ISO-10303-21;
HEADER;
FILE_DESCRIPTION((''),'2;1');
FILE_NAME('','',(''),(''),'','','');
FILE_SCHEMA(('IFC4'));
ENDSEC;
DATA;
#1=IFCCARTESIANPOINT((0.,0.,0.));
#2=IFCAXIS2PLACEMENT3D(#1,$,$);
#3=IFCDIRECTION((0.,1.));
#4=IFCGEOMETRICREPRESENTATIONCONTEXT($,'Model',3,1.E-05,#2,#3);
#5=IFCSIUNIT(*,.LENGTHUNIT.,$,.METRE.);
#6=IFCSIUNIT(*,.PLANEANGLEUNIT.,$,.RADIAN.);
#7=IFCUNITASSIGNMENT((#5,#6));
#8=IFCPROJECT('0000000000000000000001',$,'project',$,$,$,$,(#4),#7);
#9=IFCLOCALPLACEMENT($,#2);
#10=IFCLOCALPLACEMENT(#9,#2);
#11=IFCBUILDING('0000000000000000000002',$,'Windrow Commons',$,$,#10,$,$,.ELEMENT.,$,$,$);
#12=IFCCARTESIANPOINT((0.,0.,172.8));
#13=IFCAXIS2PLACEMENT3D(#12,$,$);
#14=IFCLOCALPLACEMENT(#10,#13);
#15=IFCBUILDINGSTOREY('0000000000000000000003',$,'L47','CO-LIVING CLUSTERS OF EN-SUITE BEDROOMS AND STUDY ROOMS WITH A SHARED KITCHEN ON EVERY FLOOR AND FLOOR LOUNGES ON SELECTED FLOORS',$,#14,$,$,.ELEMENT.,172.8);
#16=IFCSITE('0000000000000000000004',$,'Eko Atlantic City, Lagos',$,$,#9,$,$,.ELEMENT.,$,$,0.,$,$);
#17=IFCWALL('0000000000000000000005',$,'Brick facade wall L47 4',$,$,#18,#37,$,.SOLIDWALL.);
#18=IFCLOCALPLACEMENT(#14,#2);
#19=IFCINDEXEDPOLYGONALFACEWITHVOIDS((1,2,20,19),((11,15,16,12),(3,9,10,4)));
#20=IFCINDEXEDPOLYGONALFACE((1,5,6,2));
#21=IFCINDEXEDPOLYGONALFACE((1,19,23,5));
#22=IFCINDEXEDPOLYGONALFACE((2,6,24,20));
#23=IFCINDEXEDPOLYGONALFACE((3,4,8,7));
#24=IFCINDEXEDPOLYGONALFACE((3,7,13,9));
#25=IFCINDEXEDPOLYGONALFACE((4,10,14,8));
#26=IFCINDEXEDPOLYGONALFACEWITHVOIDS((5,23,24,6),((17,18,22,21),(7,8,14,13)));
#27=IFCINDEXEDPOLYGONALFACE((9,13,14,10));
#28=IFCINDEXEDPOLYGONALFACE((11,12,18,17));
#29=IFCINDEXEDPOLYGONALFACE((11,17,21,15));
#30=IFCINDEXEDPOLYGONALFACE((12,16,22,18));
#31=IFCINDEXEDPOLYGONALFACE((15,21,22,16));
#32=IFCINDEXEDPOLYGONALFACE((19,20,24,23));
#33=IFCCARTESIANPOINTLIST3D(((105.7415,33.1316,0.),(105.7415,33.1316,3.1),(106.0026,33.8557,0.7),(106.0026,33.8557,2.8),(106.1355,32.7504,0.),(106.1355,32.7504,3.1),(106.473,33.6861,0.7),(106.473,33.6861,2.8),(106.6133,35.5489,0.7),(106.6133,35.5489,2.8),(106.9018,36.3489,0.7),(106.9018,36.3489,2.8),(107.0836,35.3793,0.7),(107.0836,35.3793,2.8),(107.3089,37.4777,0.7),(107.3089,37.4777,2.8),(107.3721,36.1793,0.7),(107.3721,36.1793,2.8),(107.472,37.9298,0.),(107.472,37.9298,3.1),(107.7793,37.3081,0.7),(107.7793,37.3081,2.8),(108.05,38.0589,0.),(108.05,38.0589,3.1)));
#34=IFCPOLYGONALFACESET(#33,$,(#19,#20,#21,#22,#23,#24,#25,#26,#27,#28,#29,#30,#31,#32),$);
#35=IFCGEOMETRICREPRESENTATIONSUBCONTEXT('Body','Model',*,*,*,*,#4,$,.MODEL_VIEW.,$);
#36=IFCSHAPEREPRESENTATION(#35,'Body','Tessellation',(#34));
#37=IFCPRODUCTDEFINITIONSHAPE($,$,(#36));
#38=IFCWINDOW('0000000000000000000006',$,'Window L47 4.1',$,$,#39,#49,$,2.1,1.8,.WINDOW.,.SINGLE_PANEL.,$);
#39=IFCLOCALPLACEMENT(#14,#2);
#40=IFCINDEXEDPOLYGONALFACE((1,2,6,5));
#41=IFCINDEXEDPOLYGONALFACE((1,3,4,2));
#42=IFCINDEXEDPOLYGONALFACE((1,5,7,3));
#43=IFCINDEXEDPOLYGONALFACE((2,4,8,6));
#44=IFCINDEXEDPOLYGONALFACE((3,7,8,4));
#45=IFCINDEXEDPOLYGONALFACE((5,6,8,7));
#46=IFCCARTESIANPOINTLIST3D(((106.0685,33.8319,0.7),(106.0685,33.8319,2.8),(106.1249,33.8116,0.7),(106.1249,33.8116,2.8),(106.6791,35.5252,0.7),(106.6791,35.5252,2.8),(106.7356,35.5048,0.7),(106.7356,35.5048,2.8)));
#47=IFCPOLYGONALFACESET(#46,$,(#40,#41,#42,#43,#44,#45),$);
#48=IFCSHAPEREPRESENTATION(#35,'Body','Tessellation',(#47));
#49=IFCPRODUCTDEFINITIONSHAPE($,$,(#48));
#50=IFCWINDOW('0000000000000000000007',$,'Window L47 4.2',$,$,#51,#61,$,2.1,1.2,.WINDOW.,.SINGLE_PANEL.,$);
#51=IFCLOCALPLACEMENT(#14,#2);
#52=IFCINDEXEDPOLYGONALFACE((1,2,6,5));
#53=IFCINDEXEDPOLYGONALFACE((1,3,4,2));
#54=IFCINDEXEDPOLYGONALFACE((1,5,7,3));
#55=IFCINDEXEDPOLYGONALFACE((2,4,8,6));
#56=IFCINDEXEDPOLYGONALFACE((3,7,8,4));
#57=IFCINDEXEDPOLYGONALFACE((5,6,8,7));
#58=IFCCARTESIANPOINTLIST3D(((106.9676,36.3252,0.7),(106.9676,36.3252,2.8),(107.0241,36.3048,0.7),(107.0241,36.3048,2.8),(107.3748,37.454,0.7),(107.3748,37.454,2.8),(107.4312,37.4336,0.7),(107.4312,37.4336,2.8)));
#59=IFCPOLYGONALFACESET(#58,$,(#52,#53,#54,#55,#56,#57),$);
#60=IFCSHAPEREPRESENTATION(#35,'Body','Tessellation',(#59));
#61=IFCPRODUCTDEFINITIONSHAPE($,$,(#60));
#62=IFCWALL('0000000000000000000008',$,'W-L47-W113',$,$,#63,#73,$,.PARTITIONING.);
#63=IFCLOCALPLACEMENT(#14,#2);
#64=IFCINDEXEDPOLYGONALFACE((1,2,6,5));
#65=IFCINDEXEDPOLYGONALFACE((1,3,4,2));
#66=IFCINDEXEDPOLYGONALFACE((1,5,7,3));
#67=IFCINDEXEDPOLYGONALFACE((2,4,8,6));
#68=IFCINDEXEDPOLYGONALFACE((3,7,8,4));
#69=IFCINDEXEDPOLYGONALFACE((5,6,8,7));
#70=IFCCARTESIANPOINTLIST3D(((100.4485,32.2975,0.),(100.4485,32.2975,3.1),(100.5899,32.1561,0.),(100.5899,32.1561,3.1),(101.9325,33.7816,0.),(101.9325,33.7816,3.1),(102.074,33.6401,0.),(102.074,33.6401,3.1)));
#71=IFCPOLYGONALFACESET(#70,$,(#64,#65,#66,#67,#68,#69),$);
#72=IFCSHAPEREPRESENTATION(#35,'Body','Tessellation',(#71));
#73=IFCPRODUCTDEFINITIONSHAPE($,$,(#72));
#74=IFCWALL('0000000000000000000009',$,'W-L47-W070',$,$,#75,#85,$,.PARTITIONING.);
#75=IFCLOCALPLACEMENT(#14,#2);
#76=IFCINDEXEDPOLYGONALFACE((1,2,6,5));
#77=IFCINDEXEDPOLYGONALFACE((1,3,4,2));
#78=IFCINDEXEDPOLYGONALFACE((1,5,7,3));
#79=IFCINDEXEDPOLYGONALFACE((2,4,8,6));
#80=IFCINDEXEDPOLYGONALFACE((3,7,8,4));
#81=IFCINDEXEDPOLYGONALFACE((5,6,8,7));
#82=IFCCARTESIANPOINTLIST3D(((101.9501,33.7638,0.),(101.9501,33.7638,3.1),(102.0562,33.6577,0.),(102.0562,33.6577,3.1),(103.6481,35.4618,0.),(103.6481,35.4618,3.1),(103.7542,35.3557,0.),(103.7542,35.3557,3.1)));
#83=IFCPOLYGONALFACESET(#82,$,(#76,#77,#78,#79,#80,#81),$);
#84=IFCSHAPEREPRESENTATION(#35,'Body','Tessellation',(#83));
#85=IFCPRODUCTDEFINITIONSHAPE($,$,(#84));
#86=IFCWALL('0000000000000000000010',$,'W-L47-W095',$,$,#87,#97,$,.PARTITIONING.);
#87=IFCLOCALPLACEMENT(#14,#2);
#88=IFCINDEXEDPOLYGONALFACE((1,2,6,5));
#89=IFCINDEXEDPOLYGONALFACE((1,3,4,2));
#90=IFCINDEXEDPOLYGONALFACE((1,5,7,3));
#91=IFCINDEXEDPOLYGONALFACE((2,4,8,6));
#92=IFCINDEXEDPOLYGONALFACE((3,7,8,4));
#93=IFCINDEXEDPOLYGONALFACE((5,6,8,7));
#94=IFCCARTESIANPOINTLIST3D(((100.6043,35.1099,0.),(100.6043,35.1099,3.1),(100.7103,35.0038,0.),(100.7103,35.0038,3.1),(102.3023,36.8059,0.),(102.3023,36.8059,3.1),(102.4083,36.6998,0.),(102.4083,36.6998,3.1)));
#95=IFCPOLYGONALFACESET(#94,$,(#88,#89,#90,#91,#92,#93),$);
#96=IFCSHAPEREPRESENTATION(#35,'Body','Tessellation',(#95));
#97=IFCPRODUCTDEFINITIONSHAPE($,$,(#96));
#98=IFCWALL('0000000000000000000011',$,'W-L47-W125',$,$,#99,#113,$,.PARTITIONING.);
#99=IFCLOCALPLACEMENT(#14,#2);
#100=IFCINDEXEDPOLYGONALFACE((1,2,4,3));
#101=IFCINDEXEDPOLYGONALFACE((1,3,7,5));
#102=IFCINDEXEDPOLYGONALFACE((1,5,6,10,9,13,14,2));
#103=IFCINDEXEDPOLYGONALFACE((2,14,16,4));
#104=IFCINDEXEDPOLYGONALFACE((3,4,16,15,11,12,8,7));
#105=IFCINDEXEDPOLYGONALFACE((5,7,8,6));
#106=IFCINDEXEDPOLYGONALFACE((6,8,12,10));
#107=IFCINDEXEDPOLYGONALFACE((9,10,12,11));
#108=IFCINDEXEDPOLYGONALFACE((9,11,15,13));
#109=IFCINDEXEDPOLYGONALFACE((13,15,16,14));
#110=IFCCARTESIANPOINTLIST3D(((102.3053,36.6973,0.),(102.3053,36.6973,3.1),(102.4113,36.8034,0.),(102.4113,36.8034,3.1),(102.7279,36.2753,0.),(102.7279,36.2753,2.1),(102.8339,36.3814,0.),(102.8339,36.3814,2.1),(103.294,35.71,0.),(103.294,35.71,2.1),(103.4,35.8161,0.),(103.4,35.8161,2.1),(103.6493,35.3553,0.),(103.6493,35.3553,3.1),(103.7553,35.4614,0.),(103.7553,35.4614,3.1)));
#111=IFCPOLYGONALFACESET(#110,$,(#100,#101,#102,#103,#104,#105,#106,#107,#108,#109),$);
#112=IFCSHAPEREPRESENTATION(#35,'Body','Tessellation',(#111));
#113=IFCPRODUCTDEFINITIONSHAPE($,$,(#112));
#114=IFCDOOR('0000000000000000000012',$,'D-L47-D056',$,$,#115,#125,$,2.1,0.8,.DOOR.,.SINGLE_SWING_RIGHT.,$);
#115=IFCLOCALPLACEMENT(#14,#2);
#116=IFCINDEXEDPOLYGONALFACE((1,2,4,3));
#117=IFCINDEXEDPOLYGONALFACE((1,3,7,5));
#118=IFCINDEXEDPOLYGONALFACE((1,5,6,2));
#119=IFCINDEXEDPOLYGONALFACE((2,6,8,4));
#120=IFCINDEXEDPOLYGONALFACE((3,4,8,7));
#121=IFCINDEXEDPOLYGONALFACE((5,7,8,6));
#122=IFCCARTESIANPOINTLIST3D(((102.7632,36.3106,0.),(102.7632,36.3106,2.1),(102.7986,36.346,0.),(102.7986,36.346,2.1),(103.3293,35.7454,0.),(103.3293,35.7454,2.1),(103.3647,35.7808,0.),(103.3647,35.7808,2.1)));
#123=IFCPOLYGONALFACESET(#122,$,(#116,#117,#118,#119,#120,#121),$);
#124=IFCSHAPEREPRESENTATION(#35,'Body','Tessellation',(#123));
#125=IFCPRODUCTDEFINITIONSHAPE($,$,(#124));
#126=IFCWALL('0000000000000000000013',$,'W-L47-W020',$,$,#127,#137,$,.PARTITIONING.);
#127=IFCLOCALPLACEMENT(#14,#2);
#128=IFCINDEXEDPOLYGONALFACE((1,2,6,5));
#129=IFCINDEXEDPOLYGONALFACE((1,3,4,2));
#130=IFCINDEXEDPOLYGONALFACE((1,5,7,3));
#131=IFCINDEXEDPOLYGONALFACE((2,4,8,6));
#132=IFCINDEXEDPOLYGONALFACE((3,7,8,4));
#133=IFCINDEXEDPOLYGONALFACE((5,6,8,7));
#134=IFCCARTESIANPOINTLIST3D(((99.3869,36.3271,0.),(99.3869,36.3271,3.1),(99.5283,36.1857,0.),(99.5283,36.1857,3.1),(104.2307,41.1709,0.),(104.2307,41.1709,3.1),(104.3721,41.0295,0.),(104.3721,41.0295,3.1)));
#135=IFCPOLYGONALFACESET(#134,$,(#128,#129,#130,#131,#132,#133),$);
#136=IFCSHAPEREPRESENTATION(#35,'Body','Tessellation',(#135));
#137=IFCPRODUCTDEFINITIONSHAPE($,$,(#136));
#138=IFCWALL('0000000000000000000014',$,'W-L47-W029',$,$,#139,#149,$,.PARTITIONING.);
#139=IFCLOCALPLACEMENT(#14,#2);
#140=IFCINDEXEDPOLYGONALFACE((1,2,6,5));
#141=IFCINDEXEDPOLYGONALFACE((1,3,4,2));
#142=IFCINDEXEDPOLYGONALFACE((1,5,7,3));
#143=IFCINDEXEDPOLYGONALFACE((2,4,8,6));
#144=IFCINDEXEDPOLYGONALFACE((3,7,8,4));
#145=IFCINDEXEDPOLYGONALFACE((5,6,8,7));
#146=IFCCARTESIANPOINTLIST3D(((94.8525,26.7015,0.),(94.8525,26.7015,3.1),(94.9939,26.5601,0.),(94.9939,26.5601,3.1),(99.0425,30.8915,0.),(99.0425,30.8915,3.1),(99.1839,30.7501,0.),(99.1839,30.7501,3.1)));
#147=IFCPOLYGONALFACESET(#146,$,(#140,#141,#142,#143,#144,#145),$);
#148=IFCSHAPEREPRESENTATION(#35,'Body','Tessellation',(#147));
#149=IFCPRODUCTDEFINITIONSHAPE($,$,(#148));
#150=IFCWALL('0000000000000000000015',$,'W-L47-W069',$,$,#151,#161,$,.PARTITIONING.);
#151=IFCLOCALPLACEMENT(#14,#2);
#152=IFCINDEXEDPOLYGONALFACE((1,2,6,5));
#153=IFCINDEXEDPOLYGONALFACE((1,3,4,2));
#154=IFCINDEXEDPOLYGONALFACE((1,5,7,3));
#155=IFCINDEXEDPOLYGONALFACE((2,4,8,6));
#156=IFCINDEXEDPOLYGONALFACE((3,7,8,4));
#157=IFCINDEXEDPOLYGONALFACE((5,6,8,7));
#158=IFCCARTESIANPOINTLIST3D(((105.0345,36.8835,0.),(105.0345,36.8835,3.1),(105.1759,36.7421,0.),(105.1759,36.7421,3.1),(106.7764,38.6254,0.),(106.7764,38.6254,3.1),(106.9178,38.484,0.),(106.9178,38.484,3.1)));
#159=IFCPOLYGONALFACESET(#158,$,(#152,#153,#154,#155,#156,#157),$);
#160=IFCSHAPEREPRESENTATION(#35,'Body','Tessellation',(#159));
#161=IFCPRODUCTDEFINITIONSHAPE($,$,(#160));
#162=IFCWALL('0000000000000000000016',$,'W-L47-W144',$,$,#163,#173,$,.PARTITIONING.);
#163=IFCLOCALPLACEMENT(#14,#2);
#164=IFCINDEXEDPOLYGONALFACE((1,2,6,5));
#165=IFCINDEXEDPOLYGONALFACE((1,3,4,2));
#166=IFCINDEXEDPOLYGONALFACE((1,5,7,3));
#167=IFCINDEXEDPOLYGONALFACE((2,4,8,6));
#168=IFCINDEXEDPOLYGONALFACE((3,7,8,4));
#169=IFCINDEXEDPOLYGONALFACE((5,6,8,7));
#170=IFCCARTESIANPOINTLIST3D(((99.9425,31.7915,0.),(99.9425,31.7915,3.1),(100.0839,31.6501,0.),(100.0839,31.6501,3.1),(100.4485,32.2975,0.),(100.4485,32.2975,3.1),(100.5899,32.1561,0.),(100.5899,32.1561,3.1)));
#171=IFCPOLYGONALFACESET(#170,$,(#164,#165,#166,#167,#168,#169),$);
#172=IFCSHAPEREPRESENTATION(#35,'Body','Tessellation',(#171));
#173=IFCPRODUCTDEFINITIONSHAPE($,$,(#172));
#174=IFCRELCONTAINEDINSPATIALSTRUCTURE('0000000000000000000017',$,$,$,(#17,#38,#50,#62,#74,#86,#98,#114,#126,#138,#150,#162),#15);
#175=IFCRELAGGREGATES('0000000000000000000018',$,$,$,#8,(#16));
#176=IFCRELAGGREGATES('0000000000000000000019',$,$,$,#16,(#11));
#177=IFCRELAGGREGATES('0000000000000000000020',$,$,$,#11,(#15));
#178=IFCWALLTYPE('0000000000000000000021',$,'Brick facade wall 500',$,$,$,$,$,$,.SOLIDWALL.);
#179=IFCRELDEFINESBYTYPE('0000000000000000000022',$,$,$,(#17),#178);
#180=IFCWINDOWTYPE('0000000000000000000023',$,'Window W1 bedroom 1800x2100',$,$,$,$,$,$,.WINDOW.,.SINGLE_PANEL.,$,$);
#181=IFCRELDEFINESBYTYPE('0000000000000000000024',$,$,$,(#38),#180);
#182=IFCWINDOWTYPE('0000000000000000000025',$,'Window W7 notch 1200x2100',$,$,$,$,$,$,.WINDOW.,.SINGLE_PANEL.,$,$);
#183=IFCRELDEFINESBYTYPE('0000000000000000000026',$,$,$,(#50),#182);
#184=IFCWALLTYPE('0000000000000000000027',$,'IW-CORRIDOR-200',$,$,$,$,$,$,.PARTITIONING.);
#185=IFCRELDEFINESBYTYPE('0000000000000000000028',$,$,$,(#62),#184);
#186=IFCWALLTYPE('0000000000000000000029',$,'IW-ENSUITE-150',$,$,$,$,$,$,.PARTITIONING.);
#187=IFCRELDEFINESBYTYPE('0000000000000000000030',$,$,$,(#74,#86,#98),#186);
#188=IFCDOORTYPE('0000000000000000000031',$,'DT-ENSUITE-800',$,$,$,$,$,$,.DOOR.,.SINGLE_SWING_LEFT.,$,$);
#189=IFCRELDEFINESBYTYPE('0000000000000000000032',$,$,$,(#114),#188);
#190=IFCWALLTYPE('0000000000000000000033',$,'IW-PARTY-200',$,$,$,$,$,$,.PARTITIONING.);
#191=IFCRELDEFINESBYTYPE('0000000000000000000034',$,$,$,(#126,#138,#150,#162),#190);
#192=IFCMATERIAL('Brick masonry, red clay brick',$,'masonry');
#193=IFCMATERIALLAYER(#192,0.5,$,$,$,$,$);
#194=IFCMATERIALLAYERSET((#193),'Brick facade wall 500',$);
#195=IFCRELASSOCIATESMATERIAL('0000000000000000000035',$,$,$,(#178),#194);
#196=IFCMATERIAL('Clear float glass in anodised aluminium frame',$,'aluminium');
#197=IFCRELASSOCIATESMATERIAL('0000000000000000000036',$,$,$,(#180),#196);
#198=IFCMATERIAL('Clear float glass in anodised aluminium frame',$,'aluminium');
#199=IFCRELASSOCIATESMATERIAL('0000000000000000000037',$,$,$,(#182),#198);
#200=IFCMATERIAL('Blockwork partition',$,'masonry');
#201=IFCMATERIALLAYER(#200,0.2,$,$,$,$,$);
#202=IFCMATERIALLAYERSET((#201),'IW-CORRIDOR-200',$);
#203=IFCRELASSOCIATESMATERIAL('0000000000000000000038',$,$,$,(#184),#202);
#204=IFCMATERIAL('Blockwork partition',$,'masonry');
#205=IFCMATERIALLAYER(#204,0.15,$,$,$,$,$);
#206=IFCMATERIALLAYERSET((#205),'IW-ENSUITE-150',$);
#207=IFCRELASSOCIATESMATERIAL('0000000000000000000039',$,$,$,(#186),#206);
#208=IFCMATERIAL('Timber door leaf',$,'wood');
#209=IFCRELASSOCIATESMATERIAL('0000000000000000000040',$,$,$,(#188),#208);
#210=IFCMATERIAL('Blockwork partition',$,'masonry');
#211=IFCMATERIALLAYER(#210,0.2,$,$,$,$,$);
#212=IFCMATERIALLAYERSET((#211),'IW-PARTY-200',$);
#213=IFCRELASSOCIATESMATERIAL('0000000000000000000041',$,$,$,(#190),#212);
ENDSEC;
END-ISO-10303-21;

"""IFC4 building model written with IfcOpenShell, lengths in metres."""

from ifc_helpers import new_model, si_unit, direction, frame, frame_2d, origin, place, context, subcontext, project, spatial, polyline, rectangle, outline, extrude, material, layer, layer_set, type_object, element, fill, save


model = new_model("IFC4")

# Units and contexts
model_context = context("Model", 3, precision=1e-05, world=origin(), true_north=direction((0.0, 1.0)))
body_context = subcontext(model_context, "Body", "Model", "MODEL_VIEW")
ifc_project = project(units=[si_unit("LENGTHUNIT", "METRE"), si_unit("PLANEANGLEUNIT", "RADIAN")], contexts=[model_context])

# Site, building, storey
site_placement = place(None, origin())
site = spatial("IfcSite", under=ifc_project, at=site_placement, Name="Eko Atlantic City, Lagos", CompositionType="ELEMENT", RefElevation=0.0)
building_placement = place(site_placement, origin())
building = spatial("IfcBuilding", under=site, at=building_placement, Name="Windrow Commons", CompositionType="ELEMENT")
storey_placement = place(building_placement, frame((0.0, 0.0, 172.8)))
storey = spatial("IfcBuildingStorey", under=building, at=storey_placement, Name="L47", Description="CO-LIVING CLUSTERS OF EN-SUITE BEDROOMS AND STUDY ROOMS WITH A SHARED KITCHEN ON EVERY FLOOR AND FLOOR LOUNGES ON SELECTED FLOORS", CompositionType="ELEMENT", Elevation=172.8)

# Shared definitions
ifc_material_1 = material(Name="Brick masonry, red clay brick", Category="masonry")
ifc_layer_1 = layer(ifc_material_1, 0.5)
ifc_layer_set_1 = layer_set([ifc_layer_1], Name="Brick facade wall 500")
wall_type_1 = type_object("IfcWallType", Name="Brick facade wall 500", PredefinedType="SOLIDWALL", material=ifc_layer_set_1)
ifc_material_2 = material(Name="Clear float glass in anodised aluminium frame", Category="aluminium")
window_type_1 = type_object("IfcWindowType", Name="Window W1 bedroom 1800x2100", PartitioningType="SINGLE_PANEL", PredefinedType="WINDOW", material=ifc_material_2)

# Wall, openings, windows
wall_1_placement = place(storey_placement, frame((105.9385, 32.941, 0.0), z_axis=(0.0, 0.0, 1.0), x_axis=(0.339259, 0.940693, 0.0)))
wall_1 = element("IfcWall", 1, at=wall_1_placement, inside=storey, type_object=wall_type_1, Name="Brick facade wall L47 4", PredefinedType="SOLIDWALL", context=body_context, shape_type="SweptSolid", body=[
    extrude(outline(polyline([(-0.1125, -0.25), (5.5307, -0.25), (5.2132, 0.25), (0.1125, 0.25), (-0.1125, -0.25)])), origin(), (0.0, 0.0, 1.0), 3.1),
])
opening_1_placement = place(wall_1_placement, frame((0.8822, 0.0, 0.7)))
opening_1 = element("IfcOpeningElement", 2, at=opening_1_placement, cuts=wall_1, PredefinedType="OPENING", context=body_context, shape_type="SweptSolid", body=[
    extrude(rectangle(XDim=1.8, YDim=2.1, at=frame_2d((0.9, 1.05))), frame((0.0, 0.26, 0.0), z_axis=(0.0, -1.0, 0.0), x_axis=(1.0, 0.0, 0.0)), (0.0, 0.0, 1.0), 0.52),
])
opening_2_placement = place(wall_1_placement, frame((3.5326, 0.0, 0.7)))
opening_2 = element("IfcOpeningElement", 3, at=opening_2_placement, cuts=wall_1, PredefinedType="OPENING", context=body_context, shape_type="SweptSolid", body=[
    extrude(rectangle(XDim=1.2, YDim=2.1, at=frame_2d((0.6, 1.05))), frame((0.0, 0.26, 0.0), z_axis=(0.0, -1.0, 0.0), x_axis=(1.0, 0.0, 0.0)), (0.0, 0.0, 1.0), 0.52),
])
window_1_placement = place(opening_1_placement, origin())
window_1 = element("IfcWindow", 4, at=window_1_placement, inside=storey, type_object=window_type_1, Name="Window L47 4.1", OverallHeight=2.1, OverallWidth=1.8, PartitioningType="SINGLE_PANEL", PredefinedType="WINDOW", context=body_context, shape_type="SweptSolid", body=[
    extrude(rectangle(XDim=1.8, YDim=2.1, at=frame_2d((0.9, 1.05))), frame((0.0, 0.18, 0.0), z_axis=(0.0, -1.0, 0.0), x_axis=(1.0, 0.0, 0.0)), (0.0, 0.0, 1.0), 0.06),
])
fill(opening_1, window_1)
ifc_material_3 = material(Name="Clear float glass in anodised aluminium frame", Category="aluminium")
window_type_2 = type_object("IfcWindowType", Name="Window W7 notch 1200x2100", PartitioningType="SINGLE_PANEL", PredefinedType="WINDOW", material=ifc_material_3)
window_2_placement = place(opening_2_placement, origin())
window_2 = element("IfcWindow", 5, at=window_2_placement, inside=storey, type_object=window_type_2, Name="Window L47 4.2", OverallHeight=2.1, OverallWidth=1.2, PartitioningType="SINGLE_PANEL", PredefinedType="WINDOW", context=body_context, shape_type="SweptSolid", body=[
    extrude(rectangle(XDim=1.2, YDim=2.1, at=frame_2d((0.6, 1.05))), frame((0.0, 0.18, 0.0), z_axis=(0.0, -1.0, 0.0), x_axis=(1.0, 0.0, 0.0)), (0.0, 0.0, 1.0), 0.06),
])
fill(opening_2, window_2)

# Walls
ifc_material_4 = material(Name="Blockwork partition", Category="masonry")
ifc_layer_2 = layer(ifc_material_4, 0.2)
ifc_layer_set_2 = layer_set([ifc_layer_2], Name="IW-CORRIDOR-200")
wall_type_2 = type_object("IfcWallType", Name="IW-CORRIDOR-200", PredefinedType="PARTITIONING", material=ifc_layer_set_2)
wall_2_placement = place(storey_placement, frame((100.5192, 32.2268, 0.0), z_axis=(0.0, 0.0, 1.0), x_axis=(0.707107, 0.707107, 0.0)))
element("IfcWall", 6, at=wall_2_placement, inside=storey, type_object=wall_type_2, Name="W-L47-W113", PredefinedType="PARTITIONING", context=body_context, shape_type="SweptSolid", body=[
    extrude(rectangle(XDim=2.0987, YDim=0.2, at=frame_2d((1.0494, 0.0))), origin(), (0.0, 0.0, 1.0), 3.1),
])
ifc_material_5 = material(Name="Blockwork partition", Category="masonry")
ifc_layer_3 = layer(ifc_material_5, 0.15)
ifc_layer_set_3 = layer_set([ifc_layer_3], Name="IW-ENSUITE-150")
wall_type_3 = type_object("IfcWallType", Name="IW-ENSUITE-150", PredefinedType="PARTITIONING", material=ifc_layer_set_3)
wall_3_placement = place(storey_placement, frame((102.0032, 33.7108, 0.0), z_axis=(0.0, 0.0, 1.0), x_axis=(0.707107, 0.707107, 0.0)))
element("IfcWall", 7, at=wall_3_placement, inside=storey, type_object=wall_type_3, Name="W-L47-W070", PredefinedType="PARTITIONING", context=body_context, shape_type="SweptSolid", body=[
    extrude(rectangle(XDim=2.4013, YDim=0.15, at=frame_2d((1.2006, 0.0))), origin(), (0.0, 0.0, 1.0), 3.1),
])
wall_4_placement = place(storey_placement, frame((100.6573, 35.0568, 0.0), z_axis=(0.0, 0.0, 1.0), x_axis=(0.707523, 0.70669, 0.0)))
element("IfcWall", 8, at=wall_4_placement, inside=storey, type_object=wall_type_3, Name="W-L47-W095", PredefinedType="PARTITIONING", context=body_context, shape_type="SweptSolid", body=[
    extrude(rectangle(XDim=2.3999, YDim=0.15, at=frame_2d((1.2, 0.0))), origin(), (0.0, 0.0, 1.0), 3.1),
])

# Wall, opening, door
wall_5_placement = place(storey_placement, frame((102.3583, 36.7503, 0.0), z_axis=(0.0, 0.0, 1.0), x_axis=(0.707633, -0.70658, 0.0)))
wall_5 = element("IfcWall", 9, at=wall_5_placement, inside=storey, type_object=wall_type_3, Name="W-L47-W125", PredefinedType="PARTITIONING", context=body_context, shape_type="SweptSolid", body=[
    extrude(rectangle(XDim=1.8993, YDim=0.15, at=frame_2d((0.9496, 0.0))), origin(), (0.0, 0.0, 1.0), 3.1),
])
opening_3_placement = place(wall_5_placement, frame((0.5972, 0.0, 0.0)))
opening_3 = element("IfcOpeningElement", 10, at=opening_3_placement, cuts=wall_5, PredefinedType="OPENING", context=body_context, shape_type="SweptSolid", body=[
    extrude(rectangle(XDim=0.8, YDim=2.1, at=frame_2d((0.4, 1.05))), frame((0.0, 0.085, 0.0), z_axis=(0.0, -1.0, 0.0), x_axis=(1.0, 0.0, 0.0)), (0.0, 0.0, 1.0), 0.17),
])
ifc_material_6 = material(Name="Timber door leaf", Category="wood")
door_type = type_object("IfcDoorType", Name="DT-ENSUITE-800", OperationType="SINGLE_SWING_LEFT", PredefinedType="DOOR", material=ifc_material_6)
door_placement = place(opening_3_placement, origin())
door = element("IfcDoor", 11, at=door_placement, inside=storey, type_object=door_type, Name="D-L47-D056", OperationType="SINGLE_SWING_RIGHT", OverallHeight=2.1, OverallWidth=0.8, PredefinedType="DOOR", context=body_context, shape_type="SweptSolid", body=[
    extrude(rectangle(XDim=0.8, YDim=2.1, at=frame_2d((0.4, 1.05))), frame((0.0, 0.025, 0.0), z_axis=(0.0, -1.0, 0.0), x_axis=(1.0, 0.0, 0.0)), (0.0, 0.0, 1.0), 0.05),
])
fill(opening_3, door)

# Walls
ifc_material_7 = material(Name="Blockwork partition", Category="masonry")
ifc_layer_4 = layer(ifc_material_7, 0.2)
ifc_layer_set_4 = layer_set([ifc_layer_4], Name="IW-PARTY-200")
wall_type_4 = type_object("IfcWallType", Name="IW-PARTY-200", PredefinedType="PARTITIONING", material=ifc_layer_set_4)
wall_6_placement = place(storey_placement, frame((99.4576, 36.2564, 0.0), z_axis=(0.0, 0.0, 1.0), x_axis=(0.707107, 0.707107, 0.0)))
element("IfcWall", 12, at=wall_6_placement, inside=storey, type_object=wall_type_4, Name="W-L47-W020", PredefinedType="PARTITIONING", context=body_context, shape_type="SweptSolid", body=[
    extrude(rectangle(XDim=6.8502, YDim=0.2, at=frame_2d((3.4251, 0.0))), origin(), (0.0, 0.0, 1.0), 3.1),
])
wall_7_placement = place(storey_placement, frame((94.9232, 26.6308, 0.0), z_axis=(0.0, 0.0, 1.0), x_axis=(0.707107, 0.707107, 0.0)))
element("IfcWall", 13, at=wall_7_placement, inside=storey, type_object=wall_type_4, Name="W-L47-W029", PredefinedType="PARTITIONING", context=body_context, shape_type="SweptSolid", body=[
    extrude(rectangle(XDim=5.9256, YDim=0.2, at=frame_2d((2.9628, 0.0))), origin(), (0.0, 0.0, 1.0), 3.1),
])
wall_8_placement = place(storey_placement, frame((105.1052, 36.8128, 0.0), z_axis=(0.0, 0.0, 1.0), x_axis=(0.707107, 0.707107, 0.0)))
element("IfcWall", 14, at=wall_8_placement, inside=storey, type_object=wall_type_4, Name="W-L47-W069", PredefinedType="PARTITIONING", context=body_context, shape_type="SweptSolid", body=[
    extrude(rectangle(XDim=2.4634, YDim=0.2, at=frame_2d((1.2317, 0.0))), origin(), (0.0, 0.0, 1.0), 3.1),
])
wall_9_placement = place(storey_placement, frame((100.0132, 31.7208, 0.0), z_axis=(0.0, 0.0, 1.0), x_axis=(0.707107, 0.707107, 0.0)))
element("IfcWall", 15, at=wall_9_placement, inside=storey, type_object=wall_type_4, Name="W-L47-W144", PredefinedType="PARTITIONING", context=body_context, shape_type="SweptSolid", body=[
    extrude(rectangle(XDim=0.7156, YDim=0.2, at=frame_2d((0.3578, 0.0))), origin(), (0.0, 0.0, 1.0), 3.1),
])

save(model, "model.ifc")
